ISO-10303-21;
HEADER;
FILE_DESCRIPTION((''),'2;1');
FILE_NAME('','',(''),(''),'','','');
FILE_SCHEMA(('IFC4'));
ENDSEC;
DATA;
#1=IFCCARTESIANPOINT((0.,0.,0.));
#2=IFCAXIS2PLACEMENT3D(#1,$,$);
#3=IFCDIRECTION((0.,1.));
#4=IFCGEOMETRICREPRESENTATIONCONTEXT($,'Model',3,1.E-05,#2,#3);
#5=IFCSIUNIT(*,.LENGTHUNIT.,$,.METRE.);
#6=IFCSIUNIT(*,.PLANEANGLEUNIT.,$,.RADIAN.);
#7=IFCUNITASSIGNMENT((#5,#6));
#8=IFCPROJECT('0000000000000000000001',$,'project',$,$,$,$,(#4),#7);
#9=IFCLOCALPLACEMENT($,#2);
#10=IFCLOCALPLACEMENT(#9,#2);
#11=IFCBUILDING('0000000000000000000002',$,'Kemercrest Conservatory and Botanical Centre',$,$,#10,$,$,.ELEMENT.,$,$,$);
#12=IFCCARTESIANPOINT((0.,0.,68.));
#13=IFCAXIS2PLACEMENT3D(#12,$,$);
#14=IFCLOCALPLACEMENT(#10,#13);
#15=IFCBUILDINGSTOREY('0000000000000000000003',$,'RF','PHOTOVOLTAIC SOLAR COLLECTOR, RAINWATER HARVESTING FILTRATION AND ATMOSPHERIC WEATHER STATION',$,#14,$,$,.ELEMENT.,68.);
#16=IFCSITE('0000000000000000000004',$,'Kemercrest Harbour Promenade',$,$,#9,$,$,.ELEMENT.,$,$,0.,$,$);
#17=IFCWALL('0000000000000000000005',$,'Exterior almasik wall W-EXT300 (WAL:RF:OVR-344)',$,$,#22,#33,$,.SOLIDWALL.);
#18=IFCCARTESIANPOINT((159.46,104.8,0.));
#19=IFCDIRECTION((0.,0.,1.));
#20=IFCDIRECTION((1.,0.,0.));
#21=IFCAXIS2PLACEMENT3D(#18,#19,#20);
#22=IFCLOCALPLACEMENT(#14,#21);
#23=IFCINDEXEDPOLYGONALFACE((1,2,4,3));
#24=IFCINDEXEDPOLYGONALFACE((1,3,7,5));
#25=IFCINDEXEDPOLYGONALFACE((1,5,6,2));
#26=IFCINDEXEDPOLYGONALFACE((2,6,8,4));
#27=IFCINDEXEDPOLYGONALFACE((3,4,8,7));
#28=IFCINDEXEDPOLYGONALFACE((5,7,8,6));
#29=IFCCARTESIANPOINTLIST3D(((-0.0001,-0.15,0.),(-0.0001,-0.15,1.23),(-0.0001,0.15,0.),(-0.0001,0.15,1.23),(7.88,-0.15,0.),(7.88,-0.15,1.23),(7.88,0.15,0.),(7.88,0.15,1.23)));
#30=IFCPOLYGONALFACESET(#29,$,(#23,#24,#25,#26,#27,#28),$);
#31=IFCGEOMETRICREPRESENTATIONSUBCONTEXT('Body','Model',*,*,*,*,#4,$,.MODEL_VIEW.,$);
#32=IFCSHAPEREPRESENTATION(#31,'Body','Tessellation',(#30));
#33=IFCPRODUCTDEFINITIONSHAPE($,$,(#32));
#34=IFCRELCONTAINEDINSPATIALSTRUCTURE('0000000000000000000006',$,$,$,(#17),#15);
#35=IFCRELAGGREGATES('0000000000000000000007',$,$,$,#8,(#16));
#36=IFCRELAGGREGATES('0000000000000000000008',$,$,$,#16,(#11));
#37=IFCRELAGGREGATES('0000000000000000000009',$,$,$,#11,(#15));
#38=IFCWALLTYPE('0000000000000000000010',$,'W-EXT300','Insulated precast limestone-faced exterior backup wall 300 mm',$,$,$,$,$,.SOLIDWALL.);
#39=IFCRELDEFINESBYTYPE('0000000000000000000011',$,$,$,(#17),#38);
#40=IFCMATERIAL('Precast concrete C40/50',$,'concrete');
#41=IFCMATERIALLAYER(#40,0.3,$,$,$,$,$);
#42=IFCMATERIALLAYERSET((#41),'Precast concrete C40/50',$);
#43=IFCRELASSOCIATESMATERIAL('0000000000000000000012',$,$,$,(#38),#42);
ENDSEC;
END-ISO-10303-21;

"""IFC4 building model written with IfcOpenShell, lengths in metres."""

from ifc_helpers import new_model, si_unit, direction, frame, frame_2d, origin, place, context, subcontext, project, spatial, rectangle, extrude, material, layer, layer_set, type_object, element, save


model = new_model("IFC4")

# Units and contexts
model_context = context("Model", 3, precision=1e-05, world=origin(), true_north=direction((0.0, 1.0)))
body_context = subcontext(model_context, "Body", "Model", "MODEL_VIEW")
ifc_project = project(units=[si_unit("LENGTHUNIT", "METRE"), si_unit("PLANEANGLEUNIT", "RADIAN")], contexts=[model_context])

# Site, building, storey
site_placement = place(None, origin())
site = spatial("IfcSite", under=ifc_project, at=site_placement, Name="Kemercrest Harbour Promenade", CompositionType="ELEMENT", RefElevation=0.0)
building_placement = place(site_placement, origin())
building = spatial("IfcBuilding", under=site, at=building_placement, Name="Kemercrest Conservatory and Botanical Centre", CompositionType="ELEMENT")
storey_placement = place(building_placement, frame((0.0, 0.0, 68.0)))
storey = spatial("IfcBuildingStorey", under=building, at=storey_placement, Name="RF", Description="PHOTOVOLTAIC SOLAR COLLECTOR, RAINWATER HARVESTING FILTRATION AND ATMOSPHERIC WEATHER STATION", CompositionType="ELEMENT", Elevation=68.0)

# Wall
ifc_material_1 = material(Name="Precast concrete C40/50", Category="concrete")
ifc_layer_1 = layer(ifc_material_1, 0.3)
ifc_layer_set_1 = layer_set([ifc_layer_1], Name="Precast concrete C40/50")
wall_type_1 = type_object("IfcWallType", Name="W-EXT300", Description="Insulated precast limestone-faced exterior backup wall 300 mm", PredefinedType="SOLIDWALL", material=ifc_layer_set_1)
wall_1_placement = place(storey_placement, frame((159.46, 104.8, 0.0), z_axis=(0.0, 0.0, 1.0), x_axis=(1.0, 0.0, 0.0)))
element("IfcWall", 1, at=wall_1_placement, inside=storey, type_object=wall_type_1, Name="Exterior almasik wall W-EXT300 (WAL:RF:OVR-344)", PredefinedType="SOLIDWALL", context=body_context, shape_type="SweptSolid", body=[
    extrude(rectangle(XDim=7.8801, YDim=0.3, at=frame_2d((3.9399, 0.0))), origin(), (0.0, 0.0, 1.0), 1.23),
])

save(model, "model.ifc")
